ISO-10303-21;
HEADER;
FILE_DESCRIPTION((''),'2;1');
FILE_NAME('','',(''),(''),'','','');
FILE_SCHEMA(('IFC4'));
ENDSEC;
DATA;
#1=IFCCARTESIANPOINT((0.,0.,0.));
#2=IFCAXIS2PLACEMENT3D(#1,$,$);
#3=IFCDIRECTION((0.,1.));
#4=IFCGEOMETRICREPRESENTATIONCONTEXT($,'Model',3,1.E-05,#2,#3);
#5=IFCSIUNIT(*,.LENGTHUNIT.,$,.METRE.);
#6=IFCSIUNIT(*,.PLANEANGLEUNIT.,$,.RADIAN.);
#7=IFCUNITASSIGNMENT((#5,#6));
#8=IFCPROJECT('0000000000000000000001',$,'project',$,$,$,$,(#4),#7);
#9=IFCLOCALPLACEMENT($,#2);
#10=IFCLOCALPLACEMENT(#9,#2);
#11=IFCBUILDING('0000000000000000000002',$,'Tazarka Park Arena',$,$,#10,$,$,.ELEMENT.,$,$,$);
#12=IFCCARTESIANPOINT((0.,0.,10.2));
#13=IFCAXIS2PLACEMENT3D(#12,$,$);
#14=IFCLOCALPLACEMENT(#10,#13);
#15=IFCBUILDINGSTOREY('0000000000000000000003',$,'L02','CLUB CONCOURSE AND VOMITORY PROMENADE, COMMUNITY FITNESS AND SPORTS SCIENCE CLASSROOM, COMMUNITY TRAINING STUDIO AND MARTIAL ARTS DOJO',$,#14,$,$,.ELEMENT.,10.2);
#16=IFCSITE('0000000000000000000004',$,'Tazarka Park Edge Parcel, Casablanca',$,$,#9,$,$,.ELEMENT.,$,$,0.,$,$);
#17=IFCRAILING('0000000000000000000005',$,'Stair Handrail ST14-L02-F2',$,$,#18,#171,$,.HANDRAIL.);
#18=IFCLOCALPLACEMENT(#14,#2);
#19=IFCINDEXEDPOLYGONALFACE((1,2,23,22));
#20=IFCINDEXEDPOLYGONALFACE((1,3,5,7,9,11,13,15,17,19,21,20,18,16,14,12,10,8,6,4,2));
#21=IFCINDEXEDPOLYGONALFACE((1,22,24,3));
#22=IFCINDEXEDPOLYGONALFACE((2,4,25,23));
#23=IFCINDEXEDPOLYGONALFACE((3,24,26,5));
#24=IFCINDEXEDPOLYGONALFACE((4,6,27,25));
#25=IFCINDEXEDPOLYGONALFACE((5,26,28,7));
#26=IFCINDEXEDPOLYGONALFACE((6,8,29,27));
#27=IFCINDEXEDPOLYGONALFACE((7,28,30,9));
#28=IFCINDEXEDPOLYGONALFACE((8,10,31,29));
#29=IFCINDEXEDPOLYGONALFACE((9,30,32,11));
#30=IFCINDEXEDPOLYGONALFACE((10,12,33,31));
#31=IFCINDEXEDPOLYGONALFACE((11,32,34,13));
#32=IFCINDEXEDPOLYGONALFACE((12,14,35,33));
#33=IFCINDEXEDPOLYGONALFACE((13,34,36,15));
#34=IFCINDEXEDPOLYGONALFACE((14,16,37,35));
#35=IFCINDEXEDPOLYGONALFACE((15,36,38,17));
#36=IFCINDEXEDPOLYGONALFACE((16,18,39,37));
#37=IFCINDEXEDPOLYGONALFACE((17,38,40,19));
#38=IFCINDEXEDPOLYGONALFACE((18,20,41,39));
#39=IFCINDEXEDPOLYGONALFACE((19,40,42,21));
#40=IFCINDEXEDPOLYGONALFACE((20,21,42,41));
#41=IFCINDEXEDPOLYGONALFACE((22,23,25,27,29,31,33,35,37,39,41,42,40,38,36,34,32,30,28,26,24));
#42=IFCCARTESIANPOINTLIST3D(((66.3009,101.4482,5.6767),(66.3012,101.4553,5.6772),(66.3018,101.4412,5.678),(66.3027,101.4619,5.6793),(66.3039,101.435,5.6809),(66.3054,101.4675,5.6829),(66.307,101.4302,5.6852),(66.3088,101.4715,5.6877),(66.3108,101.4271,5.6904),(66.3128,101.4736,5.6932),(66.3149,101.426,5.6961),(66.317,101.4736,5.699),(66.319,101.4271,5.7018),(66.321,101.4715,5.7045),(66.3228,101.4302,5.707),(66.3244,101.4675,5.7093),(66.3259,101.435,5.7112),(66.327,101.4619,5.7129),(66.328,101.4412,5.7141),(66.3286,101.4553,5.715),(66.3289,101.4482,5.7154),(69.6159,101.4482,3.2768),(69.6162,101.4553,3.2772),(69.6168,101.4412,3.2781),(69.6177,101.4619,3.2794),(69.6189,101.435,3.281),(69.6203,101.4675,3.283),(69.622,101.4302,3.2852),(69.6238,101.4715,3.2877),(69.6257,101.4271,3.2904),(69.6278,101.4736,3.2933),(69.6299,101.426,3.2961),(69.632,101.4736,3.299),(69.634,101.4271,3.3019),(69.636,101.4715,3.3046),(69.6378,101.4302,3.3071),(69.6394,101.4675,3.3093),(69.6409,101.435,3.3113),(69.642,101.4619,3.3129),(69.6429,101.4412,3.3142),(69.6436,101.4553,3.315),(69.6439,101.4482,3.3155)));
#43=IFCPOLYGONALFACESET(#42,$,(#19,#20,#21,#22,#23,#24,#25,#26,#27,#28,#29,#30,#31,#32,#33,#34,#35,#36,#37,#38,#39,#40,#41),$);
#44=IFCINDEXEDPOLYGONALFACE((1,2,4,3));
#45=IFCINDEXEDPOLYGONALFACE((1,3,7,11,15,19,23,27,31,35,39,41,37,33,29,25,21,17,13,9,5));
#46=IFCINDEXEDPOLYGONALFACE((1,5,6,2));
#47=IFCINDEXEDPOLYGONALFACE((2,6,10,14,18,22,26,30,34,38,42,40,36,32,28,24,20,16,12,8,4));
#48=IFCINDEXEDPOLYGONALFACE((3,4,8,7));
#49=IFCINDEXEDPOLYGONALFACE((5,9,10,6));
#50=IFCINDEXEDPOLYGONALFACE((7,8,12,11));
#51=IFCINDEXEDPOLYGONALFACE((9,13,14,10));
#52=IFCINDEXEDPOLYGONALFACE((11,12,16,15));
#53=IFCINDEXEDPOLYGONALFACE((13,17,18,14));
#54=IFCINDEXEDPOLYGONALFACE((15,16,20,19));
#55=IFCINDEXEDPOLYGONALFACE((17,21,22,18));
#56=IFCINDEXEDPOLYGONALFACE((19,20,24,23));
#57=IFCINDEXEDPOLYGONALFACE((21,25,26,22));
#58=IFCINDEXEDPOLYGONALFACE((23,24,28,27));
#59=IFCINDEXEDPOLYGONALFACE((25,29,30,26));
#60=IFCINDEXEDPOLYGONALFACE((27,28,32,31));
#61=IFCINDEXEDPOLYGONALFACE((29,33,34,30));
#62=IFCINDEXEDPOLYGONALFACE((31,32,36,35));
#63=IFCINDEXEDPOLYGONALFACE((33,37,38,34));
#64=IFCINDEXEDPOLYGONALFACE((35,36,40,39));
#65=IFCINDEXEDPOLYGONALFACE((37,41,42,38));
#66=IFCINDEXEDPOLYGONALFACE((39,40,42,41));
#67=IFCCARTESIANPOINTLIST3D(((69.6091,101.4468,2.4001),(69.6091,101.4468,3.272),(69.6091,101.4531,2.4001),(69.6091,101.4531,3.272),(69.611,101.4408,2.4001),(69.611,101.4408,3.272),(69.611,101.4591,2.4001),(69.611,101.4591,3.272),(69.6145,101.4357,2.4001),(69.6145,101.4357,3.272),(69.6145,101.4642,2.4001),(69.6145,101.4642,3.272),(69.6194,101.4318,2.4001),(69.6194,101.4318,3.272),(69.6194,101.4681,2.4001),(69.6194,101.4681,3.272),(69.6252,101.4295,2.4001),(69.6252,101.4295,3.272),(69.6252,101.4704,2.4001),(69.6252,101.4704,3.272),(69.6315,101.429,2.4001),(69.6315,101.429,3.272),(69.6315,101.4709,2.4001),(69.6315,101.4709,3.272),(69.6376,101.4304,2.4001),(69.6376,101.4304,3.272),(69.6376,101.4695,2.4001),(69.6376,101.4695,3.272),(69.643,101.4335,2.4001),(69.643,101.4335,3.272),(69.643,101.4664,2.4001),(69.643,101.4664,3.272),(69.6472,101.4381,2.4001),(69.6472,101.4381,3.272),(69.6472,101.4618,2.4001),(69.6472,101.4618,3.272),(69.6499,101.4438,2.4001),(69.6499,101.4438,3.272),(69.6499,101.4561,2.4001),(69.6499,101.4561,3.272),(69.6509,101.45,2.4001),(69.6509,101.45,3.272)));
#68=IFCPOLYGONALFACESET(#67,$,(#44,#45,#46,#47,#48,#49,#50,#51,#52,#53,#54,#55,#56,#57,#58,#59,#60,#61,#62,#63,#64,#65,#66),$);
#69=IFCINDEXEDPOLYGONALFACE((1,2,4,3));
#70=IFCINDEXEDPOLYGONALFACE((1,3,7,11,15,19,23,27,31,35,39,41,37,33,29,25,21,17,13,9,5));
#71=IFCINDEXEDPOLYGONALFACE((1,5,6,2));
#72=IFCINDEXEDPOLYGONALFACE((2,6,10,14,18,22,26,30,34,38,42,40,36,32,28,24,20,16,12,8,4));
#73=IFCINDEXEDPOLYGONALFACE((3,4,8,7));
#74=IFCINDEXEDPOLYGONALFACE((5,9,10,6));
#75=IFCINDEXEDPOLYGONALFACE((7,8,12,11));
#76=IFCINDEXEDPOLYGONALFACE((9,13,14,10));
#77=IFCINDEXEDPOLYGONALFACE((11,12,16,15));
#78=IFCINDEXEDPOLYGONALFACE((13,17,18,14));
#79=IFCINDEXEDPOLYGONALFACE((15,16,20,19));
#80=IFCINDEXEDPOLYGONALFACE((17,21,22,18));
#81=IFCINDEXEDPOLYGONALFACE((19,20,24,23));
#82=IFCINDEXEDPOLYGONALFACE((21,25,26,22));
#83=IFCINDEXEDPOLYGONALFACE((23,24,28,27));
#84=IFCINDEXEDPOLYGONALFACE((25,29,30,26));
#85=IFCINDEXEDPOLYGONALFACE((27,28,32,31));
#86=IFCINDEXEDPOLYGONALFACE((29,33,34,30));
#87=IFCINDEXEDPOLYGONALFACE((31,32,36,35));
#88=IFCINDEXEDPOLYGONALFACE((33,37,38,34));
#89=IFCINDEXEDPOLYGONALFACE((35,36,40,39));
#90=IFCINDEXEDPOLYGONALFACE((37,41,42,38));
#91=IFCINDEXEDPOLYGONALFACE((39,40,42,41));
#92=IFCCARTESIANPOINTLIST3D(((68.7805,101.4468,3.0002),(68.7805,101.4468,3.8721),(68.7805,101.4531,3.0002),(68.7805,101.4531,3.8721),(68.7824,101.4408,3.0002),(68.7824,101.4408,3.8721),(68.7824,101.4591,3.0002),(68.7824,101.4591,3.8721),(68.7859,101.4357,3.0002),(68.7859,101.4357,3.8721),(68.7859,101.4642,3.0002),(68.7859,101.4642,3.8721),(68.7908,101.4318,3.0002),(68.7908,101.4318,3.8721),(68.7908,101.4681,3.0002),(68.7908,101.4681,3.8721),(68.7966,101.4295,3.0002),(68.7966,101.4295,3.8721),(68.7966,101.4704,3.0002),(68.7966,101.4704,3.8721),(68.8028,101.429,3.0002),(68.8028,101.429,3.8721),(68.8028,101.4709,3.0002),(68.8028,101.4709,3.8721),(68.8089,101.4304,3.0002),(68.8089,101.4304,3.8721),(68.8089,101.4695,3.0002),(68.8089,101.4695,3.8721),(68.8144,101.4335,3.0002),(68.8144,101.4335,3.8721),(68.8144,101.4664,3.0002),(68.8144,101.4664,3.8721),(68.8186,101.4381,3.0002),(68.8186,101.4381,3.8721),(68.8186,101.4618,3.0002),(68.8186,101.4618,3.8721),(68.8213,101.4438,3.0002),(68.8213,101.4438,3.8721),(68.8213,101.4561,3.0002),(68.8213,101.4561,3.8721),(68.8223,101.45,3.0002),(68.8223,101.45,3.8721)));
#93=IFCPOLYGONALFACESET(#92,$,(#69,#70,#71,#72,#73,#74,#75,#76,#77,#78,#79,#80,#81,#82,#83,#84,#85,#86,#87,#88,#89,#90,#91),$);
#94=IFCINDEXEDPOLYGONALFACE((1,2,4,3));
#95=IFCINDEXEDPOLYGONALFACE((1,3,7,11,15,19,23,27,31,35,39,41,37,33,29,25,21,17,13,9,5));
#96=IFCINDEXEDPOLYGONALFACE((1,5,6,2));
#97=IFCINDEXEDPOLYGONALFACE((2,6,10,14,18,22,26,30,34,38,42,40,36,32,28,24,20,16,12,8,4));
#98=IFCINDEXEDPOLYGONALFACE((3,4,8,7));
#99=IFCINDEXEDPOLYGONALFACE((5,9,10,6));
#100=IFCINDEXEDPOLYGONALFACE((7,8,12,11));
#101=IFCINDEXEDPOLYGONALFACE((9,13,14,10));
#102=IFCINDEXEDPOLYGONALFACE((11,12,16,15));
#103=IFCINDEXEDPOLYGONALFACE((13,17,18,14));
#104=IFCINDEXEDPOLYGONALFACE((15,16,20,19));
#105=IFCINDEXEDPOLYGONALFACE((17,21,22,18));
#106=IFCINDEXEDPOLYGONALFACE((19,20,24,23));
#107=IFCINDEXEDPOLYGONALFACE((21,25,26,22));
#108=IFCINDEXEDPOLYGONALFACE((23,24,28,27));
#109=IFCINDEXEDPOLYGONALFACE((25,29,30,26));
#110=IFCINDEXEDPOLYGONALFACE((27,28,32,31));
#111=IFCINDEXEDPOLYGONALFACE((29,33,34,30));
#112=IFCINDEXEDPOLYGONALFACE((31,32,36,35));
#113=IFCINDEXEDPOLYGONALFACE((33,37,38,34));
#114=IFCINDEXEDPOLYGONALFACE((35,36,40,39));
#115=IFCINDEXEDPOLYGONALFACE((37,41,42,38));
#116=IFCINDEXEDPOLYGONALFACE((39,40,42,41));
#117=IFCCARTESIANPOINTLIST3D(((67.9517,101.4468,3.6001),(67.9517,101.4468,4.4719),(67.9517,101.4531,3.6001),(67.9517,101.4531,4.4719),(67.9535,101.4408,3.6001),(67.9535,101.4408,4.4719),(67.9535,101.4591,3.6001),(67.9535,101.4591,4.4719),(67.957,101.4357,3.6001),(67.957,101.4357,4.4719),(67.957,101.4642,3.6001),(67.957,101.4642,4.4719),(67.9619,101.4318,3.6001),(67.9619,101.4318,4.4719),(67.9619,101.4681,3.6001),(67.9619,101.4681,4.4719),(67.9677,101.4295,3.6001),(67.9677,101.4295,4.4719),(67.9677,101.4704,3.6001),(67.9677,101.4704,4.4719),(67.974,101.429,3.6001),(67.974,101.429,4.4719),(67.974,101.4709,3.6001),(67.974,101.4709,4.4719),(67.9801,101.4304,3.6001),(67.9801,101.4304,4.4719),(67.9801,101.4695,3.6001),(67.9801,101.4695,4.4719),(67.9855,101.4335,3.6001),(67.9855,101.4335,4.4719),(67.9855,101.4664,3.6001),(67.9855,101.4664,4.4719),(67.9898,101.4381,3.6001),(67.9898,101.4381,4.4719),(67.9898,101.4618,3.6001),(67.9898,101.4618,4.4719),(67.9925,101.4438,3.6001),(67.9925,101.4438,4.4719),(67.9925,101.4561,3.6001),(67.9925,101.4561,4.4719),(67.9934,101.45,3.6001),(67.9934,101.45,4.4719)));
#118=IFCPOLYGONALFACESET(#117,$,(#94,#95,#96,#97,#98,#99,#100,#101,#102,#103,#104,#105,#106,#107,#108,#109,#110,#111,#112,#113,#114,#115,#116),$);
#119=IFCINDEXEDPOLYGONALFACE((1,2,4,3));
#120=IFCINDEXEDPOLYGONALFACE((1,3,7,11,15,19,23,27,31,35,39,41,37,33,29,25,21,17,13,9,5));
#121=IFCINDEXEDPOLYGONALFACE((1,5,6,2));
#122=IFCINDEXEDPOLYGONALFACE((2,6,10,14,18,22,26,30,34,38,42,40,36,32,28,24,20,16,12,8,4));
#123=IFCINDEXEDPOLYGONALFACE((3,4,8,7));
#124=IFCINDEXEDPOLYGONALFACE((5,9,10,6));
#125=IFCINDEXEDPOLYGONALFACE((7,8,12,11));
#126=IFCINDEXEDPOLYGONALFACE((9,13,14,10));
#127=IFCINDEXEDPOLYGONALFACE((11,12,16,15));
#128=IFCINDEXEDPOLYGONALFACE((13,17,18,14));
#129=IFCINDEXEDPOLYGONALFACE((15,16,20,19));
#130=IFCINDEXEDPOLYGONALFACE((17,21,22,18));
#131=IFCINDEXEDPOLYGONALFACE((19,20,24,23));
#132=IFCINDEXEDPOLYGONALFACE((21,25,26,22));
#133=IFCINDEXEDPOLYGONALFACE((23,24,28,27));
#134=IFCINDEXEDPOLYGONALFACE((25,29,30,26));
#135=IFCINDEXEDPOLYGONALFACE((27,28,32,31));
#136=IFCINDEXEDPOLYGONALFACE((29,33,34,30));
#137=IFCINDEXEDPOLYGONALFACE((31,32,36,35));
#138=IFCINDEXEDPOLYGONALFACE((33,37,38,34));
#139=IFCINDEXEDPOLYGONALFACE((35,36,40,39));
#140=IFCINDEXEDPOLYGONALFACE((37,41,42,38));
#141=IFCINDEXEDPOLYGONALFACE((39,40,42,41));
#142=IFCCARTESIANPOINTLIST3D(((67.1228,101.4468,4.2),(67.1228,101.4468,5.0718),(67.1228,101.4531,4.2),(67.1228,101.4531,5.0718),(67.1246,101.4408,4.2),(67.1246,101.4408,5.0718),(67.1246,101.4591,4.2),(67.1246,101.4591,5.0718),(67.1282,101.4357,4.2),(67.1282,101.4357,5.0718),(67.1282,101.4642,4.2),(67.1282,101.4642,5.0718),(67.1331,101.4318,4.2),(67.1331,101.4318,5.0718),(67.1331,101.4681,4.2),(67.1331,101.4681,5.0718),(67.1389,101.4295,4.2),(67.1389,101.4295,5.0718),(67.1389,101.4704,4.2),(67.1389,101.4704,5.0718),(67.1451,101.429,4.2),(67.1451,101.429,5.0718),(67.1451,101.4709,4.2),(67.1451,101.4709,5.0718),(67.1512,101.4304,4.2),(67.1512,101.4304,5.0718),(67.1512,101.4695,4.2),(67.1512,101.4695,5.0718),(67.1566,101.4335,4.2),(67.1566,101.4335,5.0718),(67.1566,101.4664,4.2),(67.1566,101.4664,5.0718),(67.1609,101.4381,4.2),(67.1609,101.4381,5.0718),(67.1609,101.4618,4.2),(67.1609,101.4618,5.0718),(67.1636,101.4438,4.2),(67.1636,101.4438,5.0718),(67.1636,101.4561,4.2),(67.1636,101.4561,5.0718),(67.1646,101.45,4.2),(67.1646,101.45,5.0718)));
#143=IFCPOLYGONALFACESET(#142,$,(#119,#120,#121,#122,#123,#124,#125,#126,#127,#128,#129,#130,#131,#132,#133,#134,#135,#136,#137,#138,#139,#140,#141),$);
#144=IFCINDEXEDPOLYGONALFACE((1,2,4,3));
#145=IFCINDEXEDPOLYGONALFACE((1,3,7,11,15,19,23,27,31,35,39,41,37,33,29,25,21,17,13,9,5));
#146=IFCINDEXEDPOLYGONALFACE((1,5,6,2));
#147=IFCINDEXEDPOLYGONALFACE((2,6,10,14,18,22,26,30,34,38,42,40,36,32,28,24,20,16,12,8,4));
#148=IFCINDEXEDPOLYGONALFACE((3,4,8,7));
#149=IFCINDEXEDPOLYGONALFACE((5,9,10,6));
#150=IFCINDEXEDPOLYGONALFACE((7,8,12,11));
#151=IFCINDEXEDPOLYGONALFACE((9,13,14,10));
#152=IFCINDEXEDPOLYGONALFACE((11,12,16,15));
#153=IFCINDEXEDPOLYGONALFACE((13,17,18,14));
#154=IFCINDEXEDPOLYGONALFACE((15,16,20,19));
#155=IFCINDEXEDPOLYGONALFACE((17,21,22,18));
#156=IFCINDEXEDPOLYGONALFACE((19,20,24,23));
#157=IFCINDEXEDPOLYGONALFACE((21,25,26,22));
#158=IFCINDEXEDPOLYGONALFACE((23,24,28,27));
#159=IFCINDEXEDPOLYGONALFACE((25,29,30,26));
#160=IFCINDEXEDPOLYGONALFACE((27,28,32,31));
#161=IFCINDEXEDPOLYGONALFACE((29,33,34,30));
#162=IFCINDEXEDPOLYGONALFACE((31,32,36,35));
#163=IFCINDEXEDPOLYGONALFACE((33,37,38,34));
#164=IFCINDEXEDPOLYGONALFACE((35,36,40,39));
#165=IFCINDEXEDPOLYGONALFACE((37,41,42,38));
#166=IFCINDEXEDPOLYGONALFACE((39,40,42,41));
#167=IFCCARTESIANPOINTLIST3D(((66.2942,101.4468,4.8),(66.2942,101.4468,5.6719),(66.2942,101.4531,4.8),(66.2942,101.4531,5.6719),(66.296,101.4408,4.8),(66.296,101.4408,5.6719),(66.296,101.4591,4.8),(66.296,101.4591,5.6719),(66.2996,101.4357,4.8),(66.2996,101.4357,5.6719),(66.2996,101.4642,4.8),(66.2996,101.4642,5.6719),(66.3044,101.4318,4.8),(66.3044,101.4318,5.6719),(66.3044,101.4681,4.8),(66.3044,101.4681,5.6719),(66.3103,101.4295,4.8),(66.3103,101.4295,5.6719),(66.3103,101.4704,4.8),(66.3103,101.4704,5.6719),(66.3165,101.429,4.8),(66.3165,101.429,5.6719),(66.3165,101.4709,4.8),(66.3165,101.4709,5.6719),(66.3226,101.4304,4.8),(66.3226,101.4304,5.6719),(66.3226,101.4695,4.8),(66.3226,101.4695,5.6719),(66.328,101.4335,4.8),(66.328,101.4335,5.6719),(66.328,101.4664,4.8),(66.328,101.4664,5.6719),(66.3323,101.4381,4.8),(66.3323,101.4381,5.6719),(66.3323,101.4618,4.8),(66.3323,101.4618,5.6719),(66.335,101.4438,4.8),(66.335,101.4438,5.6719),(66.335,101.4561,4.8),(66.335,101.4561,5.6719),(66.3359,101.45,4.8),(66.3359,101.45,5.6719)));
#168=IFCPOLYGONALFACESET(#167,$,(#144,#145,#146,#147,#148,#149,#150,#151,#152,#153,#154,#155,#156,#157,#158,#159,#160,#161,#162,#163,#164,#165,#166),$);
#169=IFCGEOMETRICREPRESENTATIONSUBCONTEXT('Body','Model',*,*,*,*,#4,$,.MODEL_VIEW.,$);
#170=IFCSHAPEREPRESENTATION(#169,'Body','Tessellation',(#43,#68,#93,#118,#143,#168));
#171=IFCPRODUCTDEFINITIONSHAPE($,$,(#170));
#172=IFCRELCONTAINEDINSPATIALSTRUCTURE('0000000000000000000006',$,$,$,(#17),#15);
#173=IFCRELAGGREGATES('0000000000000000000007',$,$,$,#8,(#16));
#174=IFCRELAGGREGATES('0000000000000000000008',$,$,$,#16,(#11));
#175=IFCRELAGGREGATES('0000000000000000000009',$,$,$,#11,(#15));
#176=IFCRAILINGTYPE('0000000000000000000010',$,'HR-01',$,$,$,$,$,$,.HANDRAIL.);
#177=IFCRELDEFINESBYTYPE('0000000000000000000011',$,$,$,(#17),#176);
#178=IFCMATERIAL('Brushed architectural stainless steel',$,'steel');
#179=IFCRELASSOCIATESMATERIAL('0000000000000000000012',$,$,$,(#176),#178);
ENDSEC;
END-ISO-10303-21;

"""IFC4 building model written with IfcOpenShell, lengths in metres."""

from ifc_helpers import new_model, si_unit, direction, frame, origin, origin_2d, place, context, subcontext, project, spatial, circle, extrude, material, type_object, element, save


model = new_model("IFC4")

# Units and contexts
model_context = context("Model", 3, precision=1e-05, world=origin(), true_north=direction((0.0, 1.0)))
body_context = subcontext(model_context, "Body", "Model", "MODEL_VIEW")
ifc_project = project(units=[si_unit("LENGTHUNIT", "METRE"), si_unit("PLANEANGLEUNIT", "RADIAN")], contexts=[model_context])

# Site, building, storey
site_placement = place(None, origin())
site = spatial("IfcSite", under=ifc_project, at=site_placement, Name="Tazarka Park Edge Parcel, Casablanca", CompositionType="ELEMENT", RefElevation=0.0)
building_placement = place(site_placement, origin())
building = spatial("IfcBuilding", under=site, at=building_placement, Name="Tazarka Park Arena", CompositionType="ELEMENT")
storey_placement = place(building_placement, frame((0.0, 0.0, 10.2)))
storey = spatial("IfcBuildingStorey", under=building, at=storey_placement, Name="L02", Description="CLUB CONCOURSE AND VOMITORY PROMENADE, COMMUNITY FITNESS AND SPORTS SCIENCE CLASSROOM, COMMUNITY TRAINING STUDIO AND MARTIAL ARTS DOJO", CompositionType="ELEMENT", Elevation=10.2)

# Railing
ifc_material_1 = material(Name="Brushed architectural stainless steel", Category="steel")
railing_type = type_object("IfcRailingType", Name="HR-01", PredefinedType="HANDRAIL", material=ifc_material_1)
railing_placement = place(storey_placement, frame((69.6299, 101.45, 2.4001)))
element("IfcRailing", 1, at=railing_placement, inside=storey, type_object=railing_type, Name="Stair Handrail ST14-L02-F2", PredefinedType="HANDRAIL", context=body_context, shape_type="SweptSolid", body=[
    extrude(circle(Radius=0.0239, at=origin_2d()), frame((0.0, 0.0, 0.896), z_axis=(-0.810009, 0.0, 0.586418), x_axis=(0.0, -1.0, 0.0)), (0.0, 0.0, 1.0), 4.0925),
    extrude(circle(Radius=0.021, at=origin_2d()), origin(), (0.0, 0.0, 1.0), 0.8718),
    extrude(circle(Radius=0.021, at=origin_2d()), frame((-0.8286, 0.0, 0.6001)), (0.0, 0.0, 1.0), 0.8718),
    extrude(circle(Radius=0.021, at=origin_2d()), frame((-1.6575, 0.0, 1.2)), (0.0, 0.0, 1.0), 0.8718),
    extrude(circle(Radius=0.021, at=origin_2d()), frame((-2.4863, 0.0, 1.7998)), (0.0, 0.0, 1.0), 0.8718),
    extrude(circle(Radius=0.021, at=origin_2d()), frame((-3.3149, 0.0, 2.3999)), (0.0, 0.0, 1.0), 0.8718),
])

save(model, "model.ifc")
